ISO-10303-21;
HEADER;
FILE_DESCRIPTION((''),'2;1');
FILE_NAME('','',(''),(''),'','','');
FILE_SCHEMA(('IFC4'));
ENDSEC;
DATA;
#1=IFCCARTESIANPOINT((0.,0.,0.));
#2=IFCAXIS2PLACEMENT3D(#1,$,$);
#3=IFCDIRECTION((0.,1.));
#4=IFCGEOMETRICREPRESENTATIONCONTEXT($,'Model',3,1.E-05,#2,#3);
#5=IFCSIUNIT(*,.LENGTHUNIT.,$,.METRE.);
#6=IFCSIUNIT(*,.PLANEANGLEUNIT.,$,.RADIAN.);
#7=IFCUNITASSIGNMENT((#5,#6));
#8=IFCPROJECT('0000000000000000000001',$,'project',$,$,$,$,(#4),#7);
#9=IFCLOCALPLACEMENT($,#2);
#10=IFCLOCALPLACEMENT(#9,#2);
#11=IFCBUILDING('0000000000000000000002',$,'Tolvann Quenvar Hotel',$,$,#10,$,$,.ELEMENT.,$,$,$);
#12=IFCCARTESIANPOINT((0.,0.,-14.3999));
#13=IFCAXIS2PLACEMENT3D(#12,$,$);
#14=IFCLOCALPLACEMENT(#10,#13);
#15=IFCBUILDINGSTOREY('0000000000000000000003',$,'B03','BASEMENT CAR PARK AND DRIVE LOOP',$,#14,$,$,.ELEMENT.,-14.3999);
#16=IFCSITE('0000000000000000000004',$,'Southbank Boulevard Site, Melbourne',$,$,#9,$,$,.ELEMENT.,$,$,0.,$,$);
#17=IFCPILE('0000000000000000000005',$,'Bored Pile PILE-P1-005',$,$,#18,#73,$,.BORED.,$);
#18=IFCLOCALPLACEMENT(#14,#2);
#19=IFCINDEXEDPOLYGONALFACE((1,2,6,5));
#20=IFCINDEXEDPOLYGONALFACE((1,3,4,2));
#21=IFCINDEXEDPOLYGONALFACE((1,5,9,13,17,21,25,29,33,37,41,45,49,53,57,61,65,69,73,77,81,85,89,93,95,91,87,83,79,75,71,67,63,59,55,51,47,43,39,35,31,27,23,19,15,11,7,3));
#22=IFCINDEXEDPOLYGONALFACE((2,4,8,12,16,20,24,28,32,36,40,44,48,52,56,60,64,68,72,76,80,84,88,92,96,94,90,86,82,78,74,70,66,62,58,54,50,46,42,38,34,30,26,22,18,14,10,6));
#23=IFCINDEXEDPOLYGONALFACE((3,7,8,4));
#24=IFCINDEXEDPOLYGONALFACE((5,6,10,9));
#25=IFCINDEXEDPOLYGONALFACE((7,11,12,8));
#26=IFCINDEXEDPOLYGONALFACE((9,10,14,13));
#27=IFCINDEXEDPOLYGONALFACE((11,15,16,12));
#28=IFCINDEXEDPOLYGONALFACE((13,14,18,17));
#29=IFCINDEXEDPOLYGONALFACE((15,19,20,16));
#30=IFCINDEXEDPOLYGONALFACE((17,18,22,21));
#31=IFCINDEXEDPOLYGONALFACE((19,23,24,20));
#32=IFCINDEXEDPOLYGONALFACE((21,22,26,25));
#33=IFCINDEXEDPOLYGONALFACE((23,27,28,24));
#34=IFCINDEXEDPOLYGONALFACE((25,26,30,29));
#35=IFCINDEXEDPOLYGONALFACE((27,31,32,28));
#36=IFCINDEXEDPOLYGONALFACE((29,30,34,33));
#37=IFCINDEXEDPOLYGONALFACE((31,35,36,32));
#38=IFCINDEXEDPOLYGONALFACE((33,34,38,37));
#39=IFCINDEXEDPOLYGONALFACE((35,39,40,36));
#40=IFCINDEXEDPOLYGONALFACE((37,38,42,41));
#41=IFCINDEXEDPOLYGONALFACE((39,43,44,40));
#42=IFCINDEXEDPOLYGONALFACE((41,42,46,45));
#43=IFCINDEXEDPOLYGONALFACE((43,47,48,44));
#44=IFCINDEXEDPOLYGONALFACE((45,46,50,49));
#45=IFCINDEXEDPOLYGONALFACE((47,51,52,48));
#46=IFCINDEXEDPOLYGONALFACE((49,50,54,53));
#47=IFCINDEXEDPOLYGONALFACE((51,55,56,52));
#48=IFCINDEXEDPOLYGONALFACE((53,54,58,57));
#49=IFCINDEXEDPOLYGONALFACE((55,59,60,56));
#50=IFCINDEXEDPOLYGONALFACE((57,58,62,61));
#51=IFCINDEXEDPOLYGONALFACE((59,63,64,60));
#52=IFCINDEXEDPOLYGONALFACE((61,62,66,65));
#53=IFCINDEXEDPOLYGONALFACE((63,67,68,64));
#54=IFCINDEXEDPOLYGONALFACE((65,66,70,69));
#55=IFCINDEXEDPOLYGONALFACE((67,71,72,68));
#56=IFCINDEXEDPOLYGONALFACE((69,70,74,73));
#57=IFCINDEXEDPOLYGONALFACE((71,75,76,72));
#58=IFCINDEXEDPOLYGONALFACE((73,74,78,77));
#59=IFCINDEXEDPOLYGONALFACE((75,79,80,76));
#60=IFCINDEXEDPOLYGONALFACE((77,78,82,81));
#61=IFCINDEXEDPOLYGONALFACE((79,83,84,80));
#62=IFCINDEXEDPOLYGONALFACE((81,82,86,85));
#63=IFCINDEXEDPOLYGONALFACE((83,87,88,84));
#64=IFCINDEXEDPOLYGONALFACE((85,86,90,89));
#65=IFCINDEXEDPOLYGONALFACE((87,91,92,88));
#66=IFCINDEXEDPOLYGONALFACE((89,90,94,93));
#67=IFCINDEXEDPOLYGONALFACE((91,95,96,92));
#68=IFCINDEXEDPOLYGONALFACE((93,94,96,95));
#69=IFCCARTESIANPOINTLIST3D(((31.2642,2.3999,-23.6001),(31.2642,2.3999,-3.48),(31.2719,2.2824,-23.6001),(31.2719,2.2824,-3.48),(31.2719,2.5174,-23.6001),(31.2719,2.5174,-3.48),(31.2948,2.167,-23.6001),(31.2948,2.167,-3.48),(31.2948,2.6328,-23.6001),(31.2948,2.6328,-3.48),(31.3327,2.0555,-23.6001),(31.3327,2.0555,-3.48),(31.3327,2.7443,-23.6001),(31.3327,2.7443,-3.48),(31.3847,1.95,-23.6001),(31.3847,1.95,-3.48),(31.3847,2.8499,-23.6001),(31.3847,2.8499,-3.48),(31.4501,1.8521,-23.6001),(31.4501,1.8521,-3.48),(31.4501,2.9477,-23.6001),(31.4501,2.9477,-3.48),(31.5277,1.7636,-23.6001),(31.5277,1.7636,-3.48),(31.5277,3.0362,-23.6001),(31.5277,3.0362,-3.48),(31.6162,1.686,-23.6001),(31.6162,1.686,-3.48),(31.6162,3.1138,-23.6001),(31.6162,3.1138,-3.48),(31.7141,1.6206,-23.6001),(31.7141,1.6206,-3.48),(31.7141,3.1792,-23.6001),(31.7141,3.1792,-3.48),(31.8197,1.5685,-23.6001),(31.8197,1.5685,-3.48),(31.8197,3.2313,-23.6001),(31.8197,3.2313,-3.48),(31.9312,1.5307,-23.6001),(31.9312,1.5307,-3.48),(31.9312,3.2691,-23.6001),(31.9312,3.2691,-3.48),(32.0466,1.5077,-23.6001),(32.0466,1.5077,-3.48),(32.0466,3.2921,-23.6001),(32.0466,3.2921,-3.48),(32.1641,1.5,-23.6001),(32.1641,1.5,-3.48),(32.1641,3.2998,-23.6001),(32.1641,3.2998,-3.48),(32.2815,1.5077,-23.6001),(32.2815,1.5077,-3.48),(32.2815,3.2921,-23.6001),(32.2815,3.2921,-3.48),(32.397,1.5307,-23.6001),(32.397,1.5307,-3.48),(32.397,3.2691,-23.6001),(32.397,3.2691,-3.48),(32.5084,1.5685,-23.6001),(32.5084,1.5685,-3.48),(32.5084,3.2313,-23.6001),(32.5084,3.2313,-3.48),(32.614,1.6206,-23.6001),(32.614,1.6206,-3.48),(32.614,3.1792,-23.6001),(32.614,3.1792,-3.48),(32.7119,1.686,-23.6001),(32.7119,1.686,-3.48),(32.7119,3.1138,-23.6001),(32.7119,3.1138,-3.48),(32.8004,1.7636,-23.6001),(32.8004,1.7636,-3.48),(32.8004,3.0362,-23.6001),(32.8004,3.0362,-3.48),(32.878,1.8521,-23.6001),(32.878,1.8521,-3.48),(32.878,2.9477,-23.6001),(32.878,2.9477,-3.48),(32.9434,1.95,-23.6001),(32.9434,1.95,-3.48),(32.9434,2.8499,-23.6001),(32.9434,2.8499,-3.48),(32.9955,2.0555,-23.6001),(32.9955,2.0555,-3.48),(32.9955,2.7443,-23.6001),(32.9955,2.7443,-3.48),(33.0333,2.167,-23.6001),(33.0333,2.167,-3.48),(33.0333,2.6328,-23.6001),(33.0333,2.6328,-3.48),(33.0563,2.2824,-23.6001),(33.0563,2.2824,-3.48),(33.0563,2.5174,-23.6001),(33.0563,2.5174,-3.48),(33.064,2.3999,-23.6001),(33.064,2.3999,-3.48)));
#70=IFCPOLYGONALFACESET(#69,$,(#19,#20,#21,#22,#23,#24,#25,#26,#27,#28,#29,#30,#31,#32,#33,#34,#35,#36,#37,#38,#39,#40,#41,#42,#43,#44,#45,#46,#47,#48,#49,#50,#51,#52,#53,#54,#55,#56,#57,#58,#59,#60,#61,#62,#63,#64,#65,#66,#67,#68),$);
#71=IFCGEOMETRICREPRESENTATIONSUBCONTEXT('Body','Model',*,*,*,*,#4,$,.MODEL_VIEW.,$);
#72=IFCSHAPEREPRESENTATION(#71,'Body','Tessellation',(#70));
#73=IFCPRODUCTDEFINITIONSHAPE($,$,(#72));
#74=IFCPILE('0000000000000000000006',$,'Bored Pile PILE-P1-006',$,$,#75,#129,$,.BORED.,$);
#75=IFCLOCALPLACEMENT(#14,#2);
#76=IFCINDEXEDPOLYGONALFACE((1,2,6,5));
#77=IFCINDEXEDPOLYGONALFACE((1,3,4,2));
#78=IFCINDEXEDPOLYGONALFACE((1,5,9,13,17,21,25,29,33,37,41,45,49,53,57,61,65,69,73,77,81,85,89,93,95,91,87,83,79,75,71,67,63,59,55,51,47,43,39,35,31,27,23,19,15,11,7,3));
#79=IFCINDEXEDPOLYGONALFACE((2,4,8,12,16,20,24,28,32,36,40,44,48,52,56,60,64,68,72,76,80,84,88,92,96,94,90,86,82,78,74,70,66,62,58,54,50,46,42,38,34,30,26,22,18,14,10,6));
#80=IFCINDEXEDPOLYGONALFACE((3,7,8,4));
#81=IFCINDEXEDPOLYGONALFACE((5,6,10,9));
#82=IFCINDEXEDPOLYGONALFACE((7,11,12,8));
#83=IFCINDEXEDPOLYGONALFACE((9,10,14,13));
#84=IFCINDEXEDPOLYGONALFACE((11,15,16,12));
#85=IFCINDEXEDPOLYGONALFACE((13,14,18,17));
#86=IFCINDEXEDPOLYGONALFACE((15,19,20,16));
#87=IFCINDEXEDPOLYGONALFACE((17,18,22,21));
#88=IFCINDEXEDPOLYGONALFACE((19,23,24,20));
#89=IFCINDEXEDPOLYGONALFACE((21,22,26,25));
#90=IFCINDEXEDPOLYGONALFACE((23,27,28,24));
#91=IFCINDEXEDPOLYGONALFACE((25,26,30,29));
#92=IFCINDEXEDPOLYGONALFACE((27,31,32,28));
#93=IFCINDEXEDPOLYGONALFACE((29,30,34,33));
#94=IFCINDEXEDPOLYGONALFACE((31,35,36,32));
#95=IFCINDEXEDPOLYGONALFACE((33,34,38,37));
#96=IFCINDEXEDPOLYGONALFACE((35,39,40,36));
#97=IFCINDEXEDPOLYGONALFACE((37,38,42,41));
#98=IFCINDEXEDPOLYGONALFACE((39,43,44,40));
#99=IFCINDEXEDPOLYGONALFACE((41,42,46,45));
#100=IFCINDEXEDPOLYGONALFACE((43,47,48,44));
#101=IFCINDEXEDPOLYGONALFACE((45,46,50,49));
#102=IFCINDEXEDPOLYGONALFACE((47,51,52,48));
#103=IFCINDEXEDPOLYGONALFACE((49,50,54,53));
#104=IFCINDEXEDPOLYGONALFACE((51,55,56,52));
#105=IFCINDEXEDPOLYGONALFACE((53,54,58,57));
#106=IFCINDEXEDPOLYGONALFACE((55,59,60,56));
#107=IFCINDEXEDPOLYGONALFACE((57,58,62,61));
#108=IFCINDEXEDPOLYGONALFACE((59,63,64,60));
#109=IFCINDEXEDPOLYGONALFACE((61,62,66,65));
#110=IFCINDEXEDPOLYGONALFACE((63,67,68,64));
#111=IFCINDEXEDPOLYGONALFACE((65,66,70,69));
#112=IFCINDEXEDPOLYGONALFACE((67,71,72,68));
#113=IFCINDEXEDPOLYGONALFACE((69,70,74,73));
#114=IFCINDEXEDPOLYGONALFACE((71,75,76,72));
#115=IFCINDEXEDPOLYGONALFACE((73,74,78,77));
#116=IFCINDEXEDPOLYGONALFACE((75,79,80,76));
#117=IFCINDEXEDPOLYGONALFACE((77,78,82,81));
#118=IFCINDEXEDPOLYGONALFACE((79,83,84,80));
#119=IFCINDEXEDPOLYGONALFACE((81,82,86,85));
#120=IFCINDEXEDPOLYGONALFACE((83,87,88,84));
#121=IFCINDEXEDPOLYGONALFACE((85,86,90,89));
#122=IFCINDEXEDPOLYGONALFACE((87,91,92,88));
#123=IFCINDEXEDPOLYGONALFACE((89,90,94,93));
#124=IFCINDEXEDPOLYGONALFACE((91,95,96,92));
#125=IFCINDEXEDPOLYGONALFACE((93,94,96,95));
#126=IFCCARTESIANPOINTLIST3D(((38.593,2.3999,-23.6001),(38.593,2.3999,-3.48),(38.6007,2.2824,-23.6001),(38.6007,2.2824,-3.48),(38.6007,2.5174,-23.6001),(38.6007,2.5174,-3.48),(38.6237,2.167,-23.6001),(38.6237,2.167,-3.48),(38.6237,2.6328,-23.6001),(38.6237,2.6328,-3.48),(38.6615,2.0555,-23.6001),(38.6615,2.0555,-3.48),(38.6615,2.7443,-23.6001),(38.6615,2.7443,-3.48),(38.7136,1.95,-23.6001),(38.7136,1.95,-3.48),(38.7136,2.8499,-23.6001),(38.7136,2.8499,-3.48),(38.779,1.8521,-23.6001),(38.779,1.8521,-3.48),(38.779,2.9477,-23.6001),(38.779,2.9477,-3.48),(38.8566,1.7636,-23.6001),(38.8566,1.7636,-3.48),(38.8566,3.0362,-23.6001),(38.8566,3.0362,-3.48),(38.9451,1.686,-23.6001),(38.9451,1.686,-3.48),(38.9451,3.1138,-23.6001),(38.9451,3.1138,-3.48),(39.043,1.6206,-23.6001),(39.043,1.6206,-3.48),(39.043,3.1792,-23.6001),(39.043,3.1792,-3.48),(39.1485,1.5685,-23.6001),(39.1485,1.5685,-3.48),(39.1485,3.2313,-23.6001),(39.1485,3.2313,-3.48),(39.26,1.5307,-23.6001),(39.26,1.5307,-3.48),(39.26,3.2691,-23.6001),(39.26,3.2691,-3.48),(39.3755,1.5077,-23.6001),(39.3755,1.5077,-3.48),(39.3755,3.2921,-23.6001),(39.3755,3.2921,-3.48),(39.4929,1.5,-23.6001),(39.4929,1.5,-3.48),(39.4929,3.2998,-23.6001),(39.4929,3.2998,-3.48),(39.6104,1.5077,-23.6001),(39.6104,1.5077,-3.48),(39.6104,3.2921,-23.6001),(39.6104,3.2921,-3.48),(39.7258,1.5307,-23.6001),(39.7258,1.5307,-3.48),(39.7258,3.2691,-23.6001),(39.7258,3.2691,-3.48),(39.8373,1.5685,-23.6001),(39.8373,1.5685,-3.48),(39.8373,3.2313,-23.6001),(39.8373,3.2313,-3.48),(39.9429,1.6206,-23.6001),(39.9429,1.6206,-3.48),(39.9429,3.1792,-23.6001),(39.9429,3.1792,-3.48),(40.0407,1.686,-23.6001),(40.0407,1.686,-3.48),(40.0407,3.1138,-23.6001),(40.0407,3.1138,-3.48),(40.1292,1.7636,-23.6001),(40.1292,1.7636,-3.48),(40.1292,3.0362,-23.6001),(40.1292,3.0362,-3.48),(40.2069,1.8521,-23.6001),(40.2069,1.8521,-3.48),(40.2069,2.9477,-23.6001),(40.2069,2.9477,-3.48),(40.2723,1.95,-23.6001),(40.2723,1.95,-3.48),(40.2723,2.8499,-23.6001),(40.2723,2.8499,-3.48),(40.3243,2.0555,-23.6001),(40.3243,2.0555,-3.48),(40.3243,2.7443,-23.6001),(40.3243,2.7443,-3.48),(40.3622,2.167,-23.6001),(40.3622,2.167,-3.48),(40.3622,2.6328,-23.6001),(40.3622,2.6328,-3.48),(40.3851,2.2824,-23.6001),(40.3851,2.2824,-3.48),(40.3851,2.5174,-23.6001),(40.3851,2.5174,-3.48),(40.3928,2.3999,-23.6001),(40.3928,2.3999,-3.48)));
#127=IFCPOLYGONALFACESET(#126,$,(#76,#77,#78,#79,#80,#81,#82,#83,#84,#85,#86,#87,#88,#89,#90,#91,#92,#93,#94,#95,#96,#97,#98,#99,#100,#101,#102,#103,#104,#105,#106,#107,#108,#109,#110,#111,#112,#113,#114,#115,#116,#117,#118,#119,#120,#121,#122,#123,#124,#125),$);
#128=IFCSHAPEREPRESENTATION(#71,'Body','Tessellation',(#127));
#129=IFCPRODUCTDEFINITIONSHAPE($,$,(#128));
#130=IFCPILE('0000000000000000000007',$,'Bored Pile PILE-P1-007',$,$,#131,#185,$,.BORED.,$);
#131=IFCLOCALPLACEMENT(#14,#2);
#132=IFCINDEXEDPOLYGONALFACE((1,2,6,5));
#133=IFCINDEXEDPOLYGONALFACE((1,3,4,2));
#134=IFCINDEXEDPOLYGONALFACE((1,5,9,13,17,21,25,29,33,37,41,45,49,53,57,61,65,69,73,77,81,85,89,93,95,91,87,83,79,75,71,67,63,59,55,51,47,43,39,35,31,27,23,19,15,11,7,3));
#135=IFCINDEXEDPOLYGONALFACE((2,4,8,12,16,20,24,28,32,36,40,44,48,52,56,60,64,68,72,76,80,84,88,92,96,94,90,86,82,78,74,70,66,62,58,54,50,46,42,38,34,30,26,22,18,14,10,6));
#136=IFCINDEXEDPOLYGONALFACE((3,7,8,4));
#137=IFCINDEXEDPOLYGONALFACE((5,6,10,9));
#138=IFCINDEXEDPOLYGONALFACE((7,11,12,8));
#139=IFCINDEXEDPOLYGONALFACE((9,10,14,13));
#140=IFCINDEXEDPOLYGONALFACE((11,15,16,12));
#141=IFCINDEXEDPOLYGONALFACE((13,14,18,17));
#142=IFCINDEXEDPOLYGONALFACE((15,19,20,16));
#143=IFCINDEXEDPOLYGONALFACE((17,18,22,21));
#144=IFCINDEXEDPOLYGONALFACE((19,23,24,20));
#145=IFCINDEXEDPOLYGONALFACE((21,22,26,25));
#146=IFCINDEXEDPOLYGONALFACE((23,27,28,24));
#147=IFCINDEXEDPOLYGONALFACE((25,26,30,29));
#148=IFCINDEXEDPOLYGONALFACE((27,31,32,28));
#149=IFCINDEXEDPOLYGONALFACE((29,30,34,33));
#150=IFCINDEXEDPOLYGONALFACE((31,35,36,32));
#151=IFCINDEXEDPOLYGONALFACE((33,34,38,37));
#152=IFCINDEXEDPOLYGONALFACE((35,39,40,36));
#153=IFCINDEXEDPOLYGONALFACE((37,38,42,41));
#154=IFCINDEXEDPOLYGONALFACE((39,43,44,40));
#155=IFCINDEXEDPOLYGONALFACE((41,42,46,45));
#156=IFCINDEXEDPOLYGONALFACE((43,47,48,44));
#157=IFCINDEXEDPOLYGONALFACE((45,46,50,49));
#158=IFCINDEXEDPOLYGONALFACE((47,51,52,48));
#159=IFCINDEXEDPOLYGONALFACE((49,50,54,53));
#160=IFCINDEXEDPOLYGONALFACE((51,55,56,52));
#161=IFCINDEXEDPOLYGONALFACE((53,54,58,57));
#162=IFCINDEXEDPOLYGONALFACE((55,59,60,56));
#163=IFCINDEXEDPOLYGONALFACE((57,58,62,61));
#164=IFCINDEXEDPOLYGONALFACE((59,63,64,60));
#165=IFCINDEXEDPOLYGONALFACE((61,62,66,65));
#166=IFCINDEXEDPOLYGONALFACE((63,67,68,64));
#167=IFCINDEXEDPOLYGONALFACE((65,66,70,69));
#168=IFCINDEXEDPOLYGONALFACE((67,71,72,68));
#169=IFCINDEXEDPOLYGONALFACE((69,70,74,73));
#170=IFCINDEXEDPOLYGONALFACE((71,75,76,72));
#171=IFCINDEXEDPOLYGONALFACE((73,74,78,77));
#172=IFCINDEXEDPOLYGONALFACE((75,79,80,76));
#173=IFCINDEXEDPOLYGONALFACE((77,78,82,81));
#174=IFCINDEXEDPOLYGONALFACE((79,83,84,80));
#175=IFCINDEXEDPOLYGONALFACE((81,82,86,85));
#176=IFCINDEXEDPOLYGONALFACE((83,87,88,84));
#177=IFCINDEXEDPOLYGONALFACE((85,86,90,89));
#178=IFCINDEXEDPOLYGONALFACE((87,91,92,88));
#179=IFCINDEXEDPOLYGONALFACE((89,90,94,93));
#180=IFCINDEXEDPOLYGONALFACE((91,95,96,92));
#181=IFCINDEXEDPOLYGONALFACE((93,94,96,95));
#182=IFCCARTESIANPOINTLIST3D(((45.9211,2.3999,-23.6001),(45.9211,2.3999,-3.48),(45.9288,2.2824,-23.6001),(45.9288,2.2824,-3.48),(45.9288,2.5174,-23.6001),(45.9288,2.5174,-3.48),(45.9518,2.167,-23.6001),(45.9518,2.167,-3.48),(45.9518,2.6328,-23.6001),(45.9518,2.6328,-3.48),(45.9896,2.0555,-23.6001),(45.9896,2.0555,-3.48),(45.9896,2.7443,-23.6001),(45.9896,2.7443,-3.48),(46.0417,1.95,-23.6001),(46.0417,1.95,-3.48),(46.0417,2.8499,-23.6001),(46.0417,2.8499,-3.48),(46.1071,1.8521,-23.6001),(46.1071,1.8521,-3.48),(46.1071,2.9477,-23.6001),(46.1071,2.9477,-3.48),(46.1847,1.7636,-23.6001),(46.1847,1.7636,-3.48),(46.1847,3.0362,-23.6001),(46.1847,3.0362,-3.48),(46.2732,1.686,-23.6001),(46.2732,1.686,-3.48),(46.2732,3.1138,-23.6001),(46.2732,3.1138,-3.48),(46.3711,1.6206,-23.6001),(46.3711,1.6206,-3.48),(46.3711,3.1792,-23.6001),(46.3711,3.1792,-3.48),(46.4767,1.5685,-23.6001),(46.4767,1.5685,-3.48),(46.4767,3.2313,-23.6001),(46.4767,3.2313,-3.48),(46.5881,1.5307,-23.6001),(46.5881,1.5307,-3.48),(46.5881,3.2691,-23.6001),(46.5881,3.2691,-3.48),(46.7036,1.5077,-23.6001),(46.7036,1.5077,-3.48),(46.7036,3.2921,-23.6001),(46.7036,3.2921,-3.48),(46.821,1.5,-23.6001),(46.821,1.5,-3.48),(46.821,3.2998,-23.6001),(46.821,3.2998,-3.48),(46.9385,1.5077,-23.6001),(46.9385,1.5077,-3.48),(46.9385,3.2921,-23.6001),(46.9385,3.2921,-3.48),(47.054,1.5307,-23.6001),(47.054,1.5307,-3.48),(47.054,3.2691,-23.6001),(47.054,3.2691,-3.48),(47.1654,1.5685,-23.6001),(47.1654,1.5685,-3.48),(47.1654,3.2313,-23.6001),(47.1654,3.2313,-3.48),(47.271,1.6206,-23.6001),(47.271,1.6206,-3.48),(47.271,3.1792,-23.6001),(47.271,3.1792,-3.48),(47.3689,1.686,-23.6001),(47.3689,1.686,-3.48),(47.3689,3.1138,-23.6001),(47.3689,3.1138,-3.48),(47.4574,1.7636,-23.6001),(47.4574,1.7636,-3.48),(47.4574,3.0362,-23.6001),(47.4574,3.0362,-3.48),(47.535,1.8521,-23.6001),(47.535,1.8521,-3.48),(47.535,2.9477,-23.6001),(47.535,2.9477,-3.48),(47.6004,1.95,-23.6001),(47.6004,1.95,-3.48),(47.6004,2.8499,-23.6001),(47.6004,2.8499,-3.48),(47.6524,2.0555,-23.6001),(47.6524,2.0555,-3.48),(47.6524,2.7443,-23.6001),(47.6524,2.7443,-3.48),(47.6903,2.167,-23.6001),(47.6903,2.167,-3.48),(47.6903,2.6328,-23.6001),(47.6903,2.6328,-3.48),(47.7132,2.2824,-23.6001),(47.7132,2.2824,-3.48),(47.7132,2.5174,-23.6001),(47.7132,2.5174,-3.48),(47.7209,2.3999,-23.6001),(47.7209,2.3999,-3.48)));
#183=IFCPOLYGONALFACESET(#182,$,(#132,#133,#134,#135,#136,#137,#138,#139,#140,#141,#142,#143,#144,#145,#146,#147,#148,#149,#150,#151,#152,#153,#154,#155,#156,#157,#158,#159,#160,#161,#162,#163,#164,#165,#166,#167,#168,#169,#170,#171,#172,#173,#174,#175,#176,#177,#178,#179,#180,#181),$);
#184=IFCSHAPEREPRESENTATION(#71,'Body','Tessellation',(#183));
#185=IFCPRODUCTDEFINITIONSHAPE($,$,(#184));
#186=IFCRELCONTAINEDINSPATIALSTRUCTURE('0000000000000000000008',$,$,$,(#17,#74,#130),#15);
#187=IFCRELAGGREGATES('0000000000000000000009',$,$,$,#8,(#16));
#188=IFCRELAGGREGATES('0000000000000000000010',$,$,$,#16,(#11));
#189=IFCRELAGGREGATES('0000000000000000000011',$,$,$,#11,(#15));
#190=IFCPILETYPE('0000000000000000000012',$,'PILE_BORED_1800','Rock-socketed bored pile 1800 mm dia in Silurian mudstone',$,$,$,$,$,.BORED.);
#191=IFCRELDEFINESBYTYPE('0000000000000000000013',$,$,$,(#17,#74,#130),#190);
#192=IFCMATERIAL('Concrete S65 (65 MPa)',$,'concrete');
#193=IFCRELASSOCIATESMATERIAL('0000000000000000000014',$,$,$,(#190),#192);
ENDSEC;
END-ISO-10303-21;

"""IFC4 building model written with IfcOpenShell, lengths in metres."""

from ifc_helpers import new_model, si_unit, direction, frame, origin, origin_2d, place, context, subcontext, project, spatial, circle, extrude, material, material_profile, profile_set, type_object, element, save


model = new_model("IFC4")

# Units and contexts
model_context = context("Model", 3, precision=1e-05, world=origin(), true_north=direction((0.0, 1.0)))
body_context = subcontext(model_context, "Body", "Model", "MODEL_VIEW")
ifc_project = project(units=[si_unit("LENGTHUNIT", "METRE"), si_unit("PLANEANGLEUNIT", "RADIAN")], contexts=[model_context])

# Site, building, storey
site_placement = place(None, origin())
site = spatial("IfcSite", under=ifc_project, at=site_placement, Name="Southbank Boulevard Site, Melbourne", CompositionType="ELEMENT", RefElevation=0.0)
building_placement = place(site_placement, origin())
building = spatial("IfcBuilding", under=site, at=building_placement, Name="Tolvann Quenvar Hotel", CompositionType="ELEMENT")
storey_placement = place(building_placement, frame((0.0, 0.0, -14.3999)))
storey = spatial("IfcBuildingStorey", under=building, at=storey_placement, Name="B03", Description="BASEMENT CAR PARK AND DRIVE LOOP", CompositionType="ELEMENT", Elevation=-14.3999)

# Piles
ifc_material_1 = material(Name="Concrete S65 (65 MPa)", Category="concrete")
ifc_material_profile_1 = material_profile(ifc_material_1, circle(Radius=0.8999, at=origin_2d()), Name="PILE1800")
ifc_profile_set_1 = profile_set([ifc_material_profile_1], Name="Concrete S65 (65 MPa)")
pile_type = type_object("IfcPileType", Name="PILE_BORED_1800", Description="Rock-socketed bored pile 1800 mm dia in Silurian mudstone", PredefinedType="BORED", material=ifc_profile_set_1)
for number, where, z_axis, x_axis, name in (
    (1, (32.1641, 2.3999, -3.48), (0.0, 0.0, -1.0), (1.0, 0.0, 0.0), "Bored Pile PILE-P1-005"),
    (2, (39.4929, 2.3999, -3.48), (0.0, 0.0, -1.0), (1.0, 0.0, 0.0), "Bored Pile PILE-P1-006"),
    (3, (46.821, 2.3999, -3.48), (0.0, 0.0, -1.0), (1.0, 0.0, 0.0), "Bored Pile PILE-P1-007"),
):
    element("IfcPile", number, at=place(storey_placement, frame(where, z_axis=z_axis, x_axis=x_axis)), inside=storey, type_object=pile_type, Name=name, PredefinedType="BORED", context=body_context, shape_type="SweptSolid", body=[
        extrude(circle(Radius=0.8999, at=origin_2d()), origin(), (0.0, 0.0, 1.0), 20.1201),
    ])

save(model, "model.ifc")
